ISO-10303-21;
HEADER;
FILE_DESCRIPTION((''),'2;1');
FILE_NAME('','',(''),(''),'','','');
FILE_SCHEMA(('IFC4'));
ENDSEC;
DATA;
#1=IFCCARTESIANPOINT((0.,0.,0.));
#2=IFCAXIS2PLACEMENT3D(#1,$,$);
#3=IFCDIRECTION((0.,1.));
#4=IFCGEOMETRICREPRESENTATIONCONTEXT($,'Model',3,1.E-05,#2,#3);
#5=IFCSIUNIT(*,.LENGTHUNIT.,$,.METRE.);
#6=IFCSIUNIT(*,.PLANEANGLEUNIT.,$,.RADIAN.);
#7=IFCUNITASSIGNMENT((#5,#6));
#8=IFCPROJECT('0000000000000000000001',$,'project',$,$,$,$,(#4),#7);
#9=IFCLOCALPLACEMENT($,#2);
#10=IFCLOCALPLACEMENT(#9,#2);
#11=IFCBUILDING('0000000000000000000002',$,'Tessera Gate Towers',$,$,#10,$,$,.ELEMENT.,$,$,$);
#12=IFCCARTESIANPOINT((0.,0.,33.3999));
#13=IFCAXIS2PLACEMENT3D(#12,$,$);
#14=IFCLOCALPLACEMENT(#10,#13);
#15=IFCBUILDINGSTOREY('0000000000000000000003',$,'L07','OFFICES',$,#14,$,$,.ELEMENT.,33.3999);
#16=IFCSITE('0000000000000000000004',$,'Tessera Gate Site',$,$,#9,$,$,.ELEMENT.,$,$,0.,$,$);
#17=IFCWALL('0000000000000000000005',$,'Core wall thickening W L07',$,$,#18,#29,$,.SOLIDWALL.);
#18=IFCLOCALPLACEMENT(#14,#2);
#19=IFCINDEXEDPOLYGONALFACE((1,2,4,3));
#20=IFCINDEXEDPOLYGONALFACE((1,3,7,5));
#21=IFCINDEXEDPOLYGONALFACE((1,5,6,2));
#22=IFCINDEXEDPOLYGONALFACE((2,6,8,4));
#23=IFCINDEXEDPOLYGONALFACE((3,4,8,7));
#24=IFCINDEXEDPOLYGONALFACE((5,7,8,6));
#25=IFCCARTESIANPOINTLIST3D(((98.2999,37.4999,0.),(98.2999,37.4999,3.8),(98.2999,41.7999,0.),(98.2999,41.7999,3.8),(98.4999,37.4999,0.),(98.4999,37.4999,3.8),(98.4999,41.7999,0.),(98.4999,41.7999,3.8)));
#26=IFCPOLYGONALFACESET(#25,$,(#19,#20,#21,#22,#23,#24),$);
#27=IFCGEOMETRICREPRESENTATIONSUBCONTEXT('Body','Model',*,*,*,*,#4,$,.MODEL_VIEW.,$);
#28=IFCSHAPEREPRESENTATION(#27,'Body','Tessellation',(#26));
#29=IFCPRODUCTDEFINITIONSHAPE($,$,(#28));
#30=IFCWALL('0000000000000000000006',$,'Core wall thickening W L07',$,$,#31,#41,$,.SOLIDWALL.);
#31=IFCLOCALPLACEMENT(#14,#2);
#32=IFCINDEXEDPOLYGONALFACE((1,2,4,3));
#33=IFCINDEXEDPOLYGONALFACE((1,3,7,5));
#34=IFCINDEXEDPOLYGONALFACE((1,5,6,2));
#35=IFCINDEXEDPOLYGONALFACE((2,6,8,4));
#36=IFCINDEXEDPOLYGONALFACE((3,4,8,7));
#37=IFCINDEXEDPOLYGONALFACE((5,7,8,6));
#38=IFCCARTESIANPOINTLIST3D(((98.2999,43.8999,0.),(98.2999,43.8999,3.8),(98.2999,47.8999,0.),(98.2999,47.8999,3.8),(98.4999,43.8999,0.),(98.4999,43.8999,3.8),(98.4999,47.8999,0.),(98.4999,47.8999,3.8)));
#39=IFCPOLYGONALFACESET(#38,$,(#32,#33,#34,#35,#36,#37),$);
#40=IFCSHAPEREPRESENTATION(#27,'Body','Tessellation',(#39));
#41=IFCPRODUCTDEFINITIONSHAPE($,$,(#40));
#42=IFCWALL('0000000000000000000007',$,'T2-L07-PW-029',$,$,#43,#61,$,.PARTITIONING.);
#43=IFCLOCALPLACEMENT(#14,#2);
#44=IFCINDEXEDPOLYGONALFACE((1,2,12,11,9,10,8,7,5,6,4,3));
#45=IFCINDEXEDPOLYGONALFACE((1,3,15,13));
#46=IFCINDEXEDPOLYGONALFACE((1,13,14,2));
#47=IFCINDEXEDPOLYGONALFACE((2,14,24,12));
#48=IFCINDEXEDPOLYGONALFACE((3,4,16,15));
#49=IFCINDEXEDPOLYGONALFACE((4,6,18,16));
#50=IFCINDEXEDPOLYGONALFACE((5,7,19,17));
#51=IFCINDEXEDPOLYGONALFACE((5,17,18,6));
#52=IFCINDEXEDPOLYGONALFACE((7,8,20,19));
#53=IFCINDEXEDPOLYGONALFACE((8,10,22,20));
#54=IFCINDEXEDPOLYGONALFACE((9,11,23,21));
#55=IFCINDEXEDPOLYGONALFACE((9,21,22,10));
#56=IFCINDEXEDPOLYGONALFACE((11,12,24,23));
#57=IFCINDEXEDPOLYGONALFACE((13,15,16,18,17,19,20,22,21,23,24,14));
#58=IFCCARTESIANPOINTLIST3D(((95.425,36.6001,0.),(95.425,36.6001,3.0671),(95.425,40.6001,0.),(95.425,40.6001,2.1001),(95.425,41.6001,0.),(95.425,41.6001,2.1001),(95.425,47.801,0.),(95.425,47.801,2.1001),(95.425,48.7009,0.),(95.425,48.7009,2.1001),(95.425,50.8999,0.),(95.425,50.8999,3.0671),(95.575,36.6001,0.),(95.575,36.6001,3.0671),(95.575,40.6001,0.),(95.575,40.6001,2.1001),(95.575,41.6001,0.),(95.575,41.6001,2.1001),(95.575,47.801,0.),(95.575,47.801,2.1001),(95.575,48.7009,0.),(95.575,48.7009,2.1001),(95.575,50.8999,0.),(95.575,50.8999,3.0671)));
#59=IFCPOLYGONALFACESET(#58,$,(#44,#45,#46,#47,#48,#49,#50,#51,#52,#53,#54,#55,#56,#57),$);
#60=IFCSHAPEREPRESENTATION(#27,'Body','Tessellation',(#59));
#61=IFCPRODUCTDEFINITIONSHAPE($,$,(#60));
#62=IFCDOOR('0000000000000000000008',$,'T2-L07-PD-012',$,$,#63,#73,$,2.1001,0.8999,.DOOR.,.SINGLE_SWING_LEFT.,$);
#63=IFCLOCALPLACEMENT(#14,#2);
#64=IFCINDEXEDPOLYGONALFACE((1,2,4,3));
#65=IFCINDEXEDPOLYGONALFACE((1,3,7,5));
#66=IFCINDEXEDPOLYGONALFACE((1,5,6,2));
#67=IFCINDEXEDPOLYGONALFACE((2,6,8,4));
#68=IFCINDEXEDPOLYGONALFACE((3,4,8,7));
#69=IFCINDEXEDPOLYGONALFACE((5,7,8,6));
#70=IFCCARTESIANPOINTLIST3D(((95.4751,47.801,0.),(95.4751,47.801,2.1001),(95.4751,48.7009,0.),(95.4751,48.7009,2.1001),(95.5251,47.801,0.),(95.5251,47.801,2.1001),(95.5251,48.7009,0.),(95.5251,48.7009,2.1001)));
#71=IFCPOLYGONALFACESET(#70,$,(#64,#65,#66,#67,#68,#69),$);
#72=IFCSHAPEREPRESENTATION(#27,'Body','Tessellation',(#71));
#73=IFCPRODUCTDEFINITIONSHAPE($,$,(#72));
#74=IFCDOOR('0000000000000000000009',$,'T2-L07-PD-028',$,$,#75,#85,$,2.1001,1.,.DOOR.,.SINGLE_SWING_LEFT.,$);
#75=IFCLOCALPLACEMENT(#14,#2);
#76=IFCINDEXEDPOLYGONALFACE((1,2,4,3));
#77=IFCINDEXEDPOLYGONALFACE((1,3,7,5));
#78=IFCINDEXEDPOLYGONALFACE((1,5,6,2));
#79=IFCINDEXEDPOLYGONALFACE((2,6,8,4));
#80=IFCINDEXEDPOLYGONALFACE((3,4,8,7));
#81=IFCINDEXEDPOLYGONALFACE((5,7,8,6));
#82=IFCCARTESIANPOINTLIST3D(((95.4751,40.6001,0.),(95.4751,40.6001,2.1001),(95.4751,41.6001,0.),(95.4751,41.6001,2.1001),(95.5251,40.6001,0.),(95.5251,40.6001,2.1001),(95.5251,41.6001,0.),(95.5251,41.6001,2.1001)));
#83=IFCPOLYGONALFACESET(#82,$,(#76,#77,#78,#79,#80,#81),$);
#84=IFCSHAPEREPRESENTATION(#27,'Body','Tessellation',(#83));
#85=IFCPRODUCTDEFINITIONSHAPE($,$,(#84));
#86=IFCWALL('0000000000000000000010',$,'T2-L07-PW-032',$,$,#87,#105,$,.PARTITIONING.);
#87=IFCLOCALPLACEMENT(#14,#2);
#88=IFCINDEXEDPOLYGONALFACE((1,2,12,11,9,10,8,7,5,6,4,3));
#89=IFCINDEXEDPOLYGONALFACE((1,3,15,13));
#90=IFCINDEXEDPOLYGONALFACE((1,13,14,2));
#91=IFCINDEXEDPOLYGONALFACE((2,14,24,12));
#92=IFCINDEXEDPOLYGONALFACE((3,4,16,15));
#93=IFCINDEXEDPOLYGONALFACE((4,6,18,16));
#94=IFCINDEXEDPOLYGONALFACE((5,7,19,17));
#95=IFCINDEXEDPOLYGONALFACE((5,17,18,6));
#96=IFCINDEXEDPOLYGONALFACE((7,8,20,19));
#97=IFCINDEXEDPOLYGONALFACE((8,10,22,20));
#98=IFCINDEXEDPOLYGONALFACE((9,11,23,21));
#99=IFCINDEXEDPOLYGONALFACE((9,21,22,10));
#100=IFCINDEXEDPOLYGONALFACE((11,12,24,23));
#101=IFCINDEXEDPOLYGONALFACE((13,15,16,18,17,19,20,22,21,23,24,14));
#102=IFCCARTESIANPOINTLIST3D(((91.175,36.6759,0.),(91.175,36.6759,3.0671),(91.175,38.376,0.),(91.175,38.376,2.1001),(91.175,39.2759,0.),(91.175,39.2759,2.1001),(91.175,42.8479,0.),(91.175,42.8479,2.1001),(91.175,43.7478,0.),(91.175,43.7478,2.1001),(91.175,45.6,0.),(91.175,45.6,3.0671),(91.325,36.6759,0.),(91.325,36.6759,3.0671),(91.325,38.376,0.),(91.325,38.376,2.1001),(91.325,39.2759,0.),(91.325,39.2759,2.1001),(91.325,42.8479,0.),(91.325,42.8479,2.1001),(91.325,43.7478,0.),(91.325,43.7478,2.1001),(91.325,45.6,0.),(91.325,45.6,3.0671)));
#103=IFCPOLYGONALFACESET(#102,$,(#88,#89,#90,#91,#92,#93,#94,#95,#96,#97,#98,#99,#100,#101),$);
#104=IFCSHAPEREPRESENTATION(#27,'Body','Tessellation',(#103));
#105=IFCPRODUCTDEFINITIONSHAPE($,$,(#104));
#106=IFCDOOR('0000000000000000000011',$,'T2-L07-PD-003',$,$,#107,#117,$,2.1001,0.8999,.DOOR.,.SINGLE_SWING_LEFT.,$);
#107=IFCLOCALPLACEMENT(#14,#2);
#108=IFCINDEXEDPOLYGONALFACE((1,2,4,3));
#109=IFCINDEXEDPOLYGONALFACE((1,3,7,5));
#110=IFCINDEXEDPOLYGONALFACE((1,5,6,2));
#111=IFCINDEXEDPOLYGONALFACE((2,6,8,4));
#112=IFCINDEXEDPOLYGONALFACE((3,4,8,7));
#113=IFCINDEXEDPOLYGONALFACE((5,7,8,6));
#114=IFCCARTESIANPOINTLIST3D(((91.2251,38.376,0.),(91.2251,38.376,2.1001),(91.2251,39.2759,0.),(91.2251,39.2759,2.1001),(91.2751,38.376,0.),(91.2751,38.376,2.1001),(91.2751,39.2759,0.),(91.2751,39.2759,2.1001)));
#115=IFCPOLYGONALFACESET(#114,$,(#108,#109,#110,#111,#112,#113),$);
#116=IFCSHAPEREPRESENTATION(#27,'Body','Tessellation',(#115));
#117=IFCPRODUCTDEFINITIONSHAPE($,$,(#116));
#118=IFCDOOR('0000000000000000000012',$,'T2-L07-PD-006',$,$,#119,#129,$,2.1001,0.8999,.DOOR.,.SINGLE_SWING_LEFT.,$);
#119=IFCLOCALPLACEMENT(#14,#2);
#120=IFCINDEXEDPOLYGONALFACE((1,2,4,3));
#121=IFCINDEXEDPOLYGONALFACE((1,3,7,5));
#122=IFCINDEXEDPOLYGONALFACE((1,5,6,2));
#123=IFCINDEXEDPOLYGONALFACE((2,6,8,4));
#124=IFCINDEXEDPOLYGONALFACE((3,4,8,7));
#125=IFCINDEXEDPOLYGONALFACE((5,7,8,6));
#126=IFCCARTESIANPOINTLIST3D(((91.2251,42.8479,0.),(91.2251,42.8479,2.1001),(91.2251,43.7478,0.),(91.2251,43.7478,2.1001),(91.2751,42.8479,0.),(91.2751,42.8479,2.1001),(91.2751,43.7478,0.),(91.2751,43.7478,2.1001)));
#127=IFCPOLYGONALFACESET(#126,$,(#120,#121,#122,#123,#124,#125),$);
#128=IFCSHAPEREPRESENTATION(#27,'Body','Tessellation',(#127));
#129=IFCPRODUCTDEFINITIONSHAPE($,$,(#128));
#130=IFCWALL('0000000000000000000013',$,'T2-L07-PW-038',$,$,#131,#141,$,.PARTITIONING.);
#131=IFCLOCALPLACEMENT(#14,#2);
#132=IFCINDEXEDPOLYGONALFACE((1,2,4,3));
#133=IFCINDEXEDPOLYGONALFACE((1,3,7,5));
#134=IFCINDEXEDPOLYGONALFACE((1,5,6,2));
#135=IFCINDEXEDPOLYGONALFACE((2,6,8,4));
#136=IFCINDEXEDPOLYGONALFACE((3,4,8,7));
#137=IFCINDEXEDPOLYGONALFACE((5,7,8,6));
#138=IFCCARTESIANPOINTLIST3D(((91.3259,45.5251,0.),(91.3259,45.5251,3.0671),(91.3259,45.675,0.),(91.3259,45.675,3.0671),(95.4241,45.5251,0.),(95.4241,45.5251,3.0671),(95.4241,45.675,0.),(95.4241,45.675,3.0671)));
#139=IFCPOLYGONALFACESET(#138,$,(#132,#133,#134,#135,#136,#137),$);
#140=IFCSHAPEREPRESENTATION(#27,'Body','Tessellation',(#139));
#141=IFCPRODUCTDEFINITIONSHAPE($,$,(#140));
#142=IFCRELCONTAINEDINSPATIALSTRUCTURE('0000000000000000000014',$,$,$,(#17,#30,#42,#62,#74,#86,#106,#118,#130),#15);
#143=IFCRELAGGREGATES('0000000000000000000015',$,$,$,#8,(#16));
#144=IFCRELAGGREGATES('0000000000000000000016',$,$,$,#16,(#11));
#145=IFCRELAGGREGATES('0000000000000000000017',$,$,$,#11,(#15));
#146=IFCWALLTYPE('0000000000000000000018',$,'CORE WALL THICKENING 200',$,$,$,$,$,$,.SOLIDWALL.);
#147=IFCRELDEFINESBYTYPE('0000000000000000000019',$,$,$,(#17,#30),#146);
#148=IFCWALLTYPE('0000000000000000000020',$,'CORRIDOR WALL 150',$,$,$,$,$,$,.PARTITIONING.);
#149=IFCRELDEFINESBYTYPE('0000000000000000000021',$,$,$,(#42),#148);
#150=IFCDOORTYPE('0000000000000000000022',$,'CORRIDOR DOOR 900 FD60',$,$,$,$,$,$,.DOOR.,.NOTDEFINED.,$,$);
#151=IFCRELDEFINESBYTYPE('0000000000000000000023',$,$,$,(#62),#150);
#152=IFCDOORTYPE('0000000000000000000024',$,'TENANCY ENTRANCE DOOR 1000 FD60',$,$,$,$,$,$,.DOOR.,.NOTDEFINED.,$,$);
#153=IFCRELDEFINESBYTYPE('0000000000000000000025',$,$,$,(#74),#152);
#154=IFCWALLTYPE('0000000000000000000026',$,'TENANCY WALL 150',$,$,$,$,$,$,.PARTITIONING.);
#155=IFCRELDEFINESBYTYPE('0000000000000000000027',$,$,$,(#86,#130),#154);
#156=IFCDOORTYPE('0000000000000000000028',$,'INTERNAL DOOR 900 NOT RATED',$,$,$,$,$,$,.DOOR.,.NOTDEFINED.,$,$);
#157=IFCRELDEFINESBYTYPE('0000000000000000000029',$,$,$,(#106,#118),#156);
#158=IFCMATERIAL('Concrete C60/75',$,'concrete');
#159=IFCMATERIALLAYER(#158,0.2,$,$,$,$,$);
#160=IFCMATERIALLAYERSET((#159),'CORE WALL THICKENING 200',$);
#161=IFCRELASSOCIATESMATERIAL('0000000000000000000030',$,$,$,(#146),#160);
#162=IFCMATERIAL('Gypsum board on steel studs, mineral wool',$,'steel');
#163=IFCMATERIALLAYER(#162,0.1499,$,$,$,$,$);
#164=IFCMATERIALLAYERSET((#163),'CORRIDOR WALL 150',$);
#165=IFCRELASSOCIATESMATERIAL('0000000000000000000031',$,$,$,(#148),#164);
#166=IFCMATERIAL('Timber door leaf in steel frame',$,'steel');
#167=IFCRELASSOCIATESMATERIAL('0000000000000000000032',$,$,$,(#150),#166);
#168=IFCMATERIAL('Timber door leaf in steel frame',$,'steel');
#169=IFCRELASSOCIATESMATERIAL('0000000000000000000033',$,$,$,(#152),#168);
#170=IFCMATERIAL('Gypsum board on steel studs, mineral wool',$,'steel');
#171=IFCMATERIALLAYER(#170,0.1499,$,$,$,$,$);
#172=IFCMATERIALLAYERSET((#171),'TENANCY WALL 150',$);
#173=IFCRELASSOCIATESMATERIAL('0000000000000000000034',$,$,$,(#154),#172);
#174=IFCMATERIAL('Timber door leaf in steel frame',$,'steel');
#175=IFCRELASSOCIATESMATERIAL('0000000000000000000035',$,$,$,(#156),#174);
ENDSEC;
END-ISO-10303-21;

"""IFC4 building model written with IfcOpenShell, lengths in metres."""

from ifc_helpers import new_model, si_unit, direction, frame, frame_2d, origin, place, context, subcontext, project, spatial, rectangle, extrude, source, transform, mapped, material, layer, layer_set, type_object, element, fill, save


model = new_model("IFC4")

# Units and contexts
model_context = context("Model", 3, precision=1e-05, world=origin(), true_north=direction((0.0, 1.0)))
body_context = subcontext(model_context, "Body", "Model", "MODEL_VIEW")
ifc_project = project(units=[si_unit("LENGTHUNIT", "METRE"), si_unit("PLANEANGLEUNIT", "RADIAN")], contexts=[model_context])

# Site, building, storey
site_placement = place(None, origin())
site = spatial("IfcSite", under=ifc_project, at=site_placement, Name="Tessera Gate Site", CompositionType="ELEMENT", RefElevation=0.0)
building_placement = place(site_placement, origin())
building = spatial("IfcBuilding", under=site, at=building_placement, Name="Tessera Gate Towers", CompositionType="ELEMENT")
storey_placement = place(building_placement, frame((0.0, 0.0, 33.3999)))
storey = spatial("IfcBuildingStorey", under=building, at=storey_placement, Name="L07", Description="OFFICES", CompositionType="ELEMENT", Elevation=33.3999)

# Walls
ifc_material_1 = material(Name="Concrete C60/75", Category="concrete")
ifc_layer_1 = layer(ifc_material_1, 0.2)
ifc_layer_set_1 = layer_set([ifc_layer_1], Name="CORE WALL THICKENING 200")
wall_type_1 = type_object("IfcWallType", Name="CORE WALL THICKENING 200", PredefinedType="SOLIDWALL", material=ifc_layer_set_1)
wall_1_placement = place(storey_placement, frame((98.3999, 37.5, 0.0), z_axis=(0.0, 0.0, 1.0), x_axis=(0.0, 1.0, 0.0)))
element("IfcWall", 1, at=wall_1_placement, inside=storey, type_object=wall_type_1, Name="Core wall thickening W L07", PredefinedType="SOLIDWALL", context=body_context, shape_type="SweptSolid", body=[
    extrude(rectangle(XDim=4.3, YDim=0.2, at=frame_2d((2.1499, 0.0))), origin(), (0.0, 0.0, 1.0), 3.8),
])
wall_2_placement = place(storey_placement, frame((98.3999, 43.8999, 0.0), z_axis=(0.0, 0.0, 1.0), x_axis=(0.0, 1.0, 0.0)))
element("IfcWall", 2, at=wall_2_placement, inside=storey, type_object=wall_type_1, Name="Core wall thickening W L07", PredefinedType="SOLIDWALL", context=body_context, shape_type="SweptSolid", body=[
    extrude(rectangle(XDim=4.0, YDim=0.2, at=frame_2d((2.0, 0.0))), origin(), (0.0, 0.0, 1.0), 3.8),
])

# Walls, openings, doors
ifc_material_2 = material(Name="Gypsum board on steel studs, mineral wool", Category="steel")
ifc_layer_2 = layer(ifc_material_2, 0.1499)
ifc_layer_set_2 = layer_set([ifc_layer_2], Name="CORRIDOR WALL 150")
wall_type_2 = type_object("IfcWallType", Name="CORRIDOR WALL 150", PredefinedType="PARTITIONING", material=ifc_layer_set_2)
wall_3_placement = place(storey_placement, frame((95.5, 36.6001, 0.0), z_axis=(0.0, 0.0, 1.0), x_axis=(0.0, 1.0, 0.0)))
wall_3 = element("IfcWall", 3, at=wall_3_placement, inside=storey, type_object=wall_type_2, Name="T2-L07-PW-029", PredefinedType="PARTITIONING", context=body_context, shape_type="SweptSolid", body=[
    extrude(rectangle(XDim=14.2998, YDim=0.1499, at=frame_2d((7.1499, 0.0))), origin(), (0.0, 0.0, 1.0), 3.0671),
])
shared_shape_1 = source(origin(), body_context, "Body", "SweptSolid", [
    extrude(rectangle(XDim=0.8999, YDim=2.1001, at=frame_2d((0.45, 1.05))), frame((0.0, 0.085, 0.0), z_axis=(0.0, -1.0, 0.0), x_axis=(1.0, 0.0, 0.0)), (0.0, 0.0, 1.0), 0.1699),
])
opening_1_placement = place(wall_3_placement, frame((11.2009, 0.0, 0.0)))
opening_1 = element("IfcOpeningElement", 4, at=opening_1_placement, cuts=wall_3, PredefinedType="OPENING", context=body_context, shape_type="MappedRepresentation", body=[
    mapped(shared_shape_1, transform((0.0, 0.0, 0.0), scale=1.0)),
])
shared_shape_2 = source(origin(), body_context, "Body", "SweptSolid", [
    extrude(rectangle(XDim=1.0, YDim=2.1001, at=frame_2d((0.5, 1.05))), frame((0.0, 0.085, 0.0), z_axis=(0.0, -1.0, 0.0), x_axis=(1.0, 0.0, 0.0)), (0.0, 0.0, 1.0), 0.1699),
])
opening_2_placement = place(wall_3_placement, frame((4.0, 0.0, 0.0)))
opening_2 = element("IfcOpeningElement", 5, at=opening_2_placement, cuts=wall_3, PredefinedType="OPENING", context=body_context, shape_type="MappedRepresentation", body=[
    mapped(shared_shape_2, transform((0.0, 0.0, 0.0), scale=1.0)),
])
ifc_material_3 = material(Name="Timber door leaf in steel frame", Category="steel")
door_type_1 = type_object("IfcDoorType", Name="CORRIDOR DOOR 900 FD60", OperationType="NOTDEFINED", PredefinedType="DOOR", material=ifc_material_3)
shared_shape_3 = source(origin(), body_context, "Body", "SweptSolid", [
    extrude(rectangle(XDim=0.8999, YDim=2.1001, at=frame_2d((0.45, 1.05))), frame((0.0, 0.0249, 0.0), z_axis=(0.0, -1.0, 0.0), x_axis=(1.0, 0.0, 0.0)), (0.0, 0.0, 1.0), 0.05),
])
door_1_placement = place(opening_1_placement, origin())
door_1 = element("IfcDoor", 6, at=door_1_placement, inside=storey, type_object=door_type_1, Name="T2-L07-PD-012", OperationType="SINGLE_SWING_LEFT", OverallHeight=2.1001, OverallWidth=0.8999, PredefinedType="DOOR", context=body_context, shape_type="MappedRepresentation", body=[
    mapped(shared_shape_3, transform((0.0, 0.0, 0.0), scale=1.0)),
])
fill(opening_1, door_1)
ifc_material_4 = material(Name="Timber door leaf in steel frame", Category="steel")
door_type_2 = type_object("IfcDoorType", Name="TENANCY ENTRANCE DOOR 1000 FD60", OperationType="NOTDEFINED", PredefinedType="DOOR", material=ifc_material_4)
shared_shape_4 = source(origin(), body_context, "Body", "SweptSolid", [
    extrude(rectangle(XDim=1.0, YDim=2.1001, at=frame_2d((0.5, 1.05))), frame((0.0, 0.0249, 0.0), z_axis=(0.0, -1.0, 0.0), x_axis=(1.0, 0.0, 0.0)), (0.0, 0.0, 1.0), 0.05),
])
door_2_placement = place(opening_2_placement, origin())
door_2 = element("IfcDoor", 7, at=door_2_placement, inside=storey, type_object=door_type_2, Name="T2-L07-PD-028", OperationType="SINGLE_SWING_LEFT", OverallHeight=2.1001, OverallWidth=1.0, PredefinedType="DOOR", context=body_context, shape_type="MappedRepresentation", body=[
    mapped(shared_shape_4, transform((0.0, 0.0, 0.0), scale=1.0)),
])
fill(opening_2, door_2)
ifc_material_5 = material(Name="Gypsum board on steel studs, mineral wool", Category="steel")
ifc_layer_3 = layer(ifc_material_5, 0.1499)
ifc_layer_set_3 = layer_set([ifc_layer_3], Name="TENANCY WALL 150")
wall_type_3 = type_object("IfcWallType", Name="TENANCY WALL 150", PredefinedType="PARTITIONING", material=ifc_layer_set_3)
wall_4_placement = place(storey_placement, frame((91.25, 36.676, 0.0), z_axis=(0.0, 0.0, 1.0), x_axis=(0.0, 1.0, 0.0)))
wall_4 = element("IfcWall", 8, at=wall_4_placement, inside=storey, type_object=wall_type_3, Name="T2-L07-PW-032", PredefinedType="PARTITIONING", context=body_context, shape_type="SweptSolid", body=[
    extrude(rectangle(XDim=8.9241, YDim=0.1499, at=frame_2d((4.4619, 0.0))), origin(), (0.0, 0.0, 1.0), 3.0671),
])
opening_3_placement = place(wall_4_placement, frame((1.7, 0.0, 0.0)))
opening_3 = element("IfcOpeningElement", 9, at=opening_3_placement, cuts=wall_4, PredefinedType="OPENING", context=body_context, shape_type="MappedRepresentation", body=[
    mapped(shared_shape_1, transform((0.0, 0.0, 0.0), scale=1.0)),
])
opening_4_placement = place(wall_4_placement, frame((6.1719, 0.0, 0.0)))
opening_4 = element("IfcOpeningElement", 10, at=opening_4_placement, cuts=wall_4, PredefinedType="OPENING", context=body_context, shape_type="MappedRepresentation", body=[
    mapped(shared_shape_1, transform((0.0, 0.0, 0.0), scale=1.0)),
])
ifc_material_6 = material(Name="Timber door leaf in steel frame", Category="steel")
door_type_3 = type_object("IfcDoorType", Name="INTERNAL DOOR 900 NOT RATED", OperationType="NOTDEFINED", PredefinedType="DOOR", material=ifc_material_6)
door_3_placement = place(opening_3_placement, origin())
door_3 = element("IfcDoor", 11, at=door_3_placement, inside=storey, type_object=door_type_3, Name="T2-L07-PD-003", OperationType="SINGLE_SWING_LEFT", OverallHeight=2.1001, OverallWidth=0.8999, PredefinedType="DOOR", context=body_context, shape_type="MappedRepresentation", body=[
    mapped(shared_shape_3, transform((0.0, 0.0, 0.0), scale=1.0)),
])
fill(opening_3, door_3)
door_4_placement = place(opening_4_placement, origin())
door_4 = element("IfcDoor", 12, at=door_4_placement, inside=storey, type_object=door_type_3, Name="T2-L07-PD-006", OperationType="SINGLE_SWING_LEFT", OverallHeight=2.1001, OverallWidth=0.8999, PredefinedType="DOOR", context=body_context, shape_type="MappedRepresentation", body=[
    mapped(shared_shape_3, transform((0.0, 0.0, 0.0), scale=1.0)),
])
fill(opening_4, door_4)

# Wall
wall_5_placement = place(storey_placement, frame((91.3259, 45.6001, 0.0), z_axis=(0.0, 0.0, 1.0), x_axis=(1.0, 0.0, 0.0)))
element("IfcWall", 13, at=wall_5_placement, inside=storey, type_object=wall_type_3, Name="T2-L07-PW-038", PredefinedType="PARTITIONING", context=body_context, shape_type="SweptSolid", body=[
    extrude(rectangle(XDim=4.0981, YDim=0.1499, at=frame_2d((2.0491, 0.0))), origin(), (0.0, 0.0, 1.0), 3.0671),
])

save(model, "model.ifc")
